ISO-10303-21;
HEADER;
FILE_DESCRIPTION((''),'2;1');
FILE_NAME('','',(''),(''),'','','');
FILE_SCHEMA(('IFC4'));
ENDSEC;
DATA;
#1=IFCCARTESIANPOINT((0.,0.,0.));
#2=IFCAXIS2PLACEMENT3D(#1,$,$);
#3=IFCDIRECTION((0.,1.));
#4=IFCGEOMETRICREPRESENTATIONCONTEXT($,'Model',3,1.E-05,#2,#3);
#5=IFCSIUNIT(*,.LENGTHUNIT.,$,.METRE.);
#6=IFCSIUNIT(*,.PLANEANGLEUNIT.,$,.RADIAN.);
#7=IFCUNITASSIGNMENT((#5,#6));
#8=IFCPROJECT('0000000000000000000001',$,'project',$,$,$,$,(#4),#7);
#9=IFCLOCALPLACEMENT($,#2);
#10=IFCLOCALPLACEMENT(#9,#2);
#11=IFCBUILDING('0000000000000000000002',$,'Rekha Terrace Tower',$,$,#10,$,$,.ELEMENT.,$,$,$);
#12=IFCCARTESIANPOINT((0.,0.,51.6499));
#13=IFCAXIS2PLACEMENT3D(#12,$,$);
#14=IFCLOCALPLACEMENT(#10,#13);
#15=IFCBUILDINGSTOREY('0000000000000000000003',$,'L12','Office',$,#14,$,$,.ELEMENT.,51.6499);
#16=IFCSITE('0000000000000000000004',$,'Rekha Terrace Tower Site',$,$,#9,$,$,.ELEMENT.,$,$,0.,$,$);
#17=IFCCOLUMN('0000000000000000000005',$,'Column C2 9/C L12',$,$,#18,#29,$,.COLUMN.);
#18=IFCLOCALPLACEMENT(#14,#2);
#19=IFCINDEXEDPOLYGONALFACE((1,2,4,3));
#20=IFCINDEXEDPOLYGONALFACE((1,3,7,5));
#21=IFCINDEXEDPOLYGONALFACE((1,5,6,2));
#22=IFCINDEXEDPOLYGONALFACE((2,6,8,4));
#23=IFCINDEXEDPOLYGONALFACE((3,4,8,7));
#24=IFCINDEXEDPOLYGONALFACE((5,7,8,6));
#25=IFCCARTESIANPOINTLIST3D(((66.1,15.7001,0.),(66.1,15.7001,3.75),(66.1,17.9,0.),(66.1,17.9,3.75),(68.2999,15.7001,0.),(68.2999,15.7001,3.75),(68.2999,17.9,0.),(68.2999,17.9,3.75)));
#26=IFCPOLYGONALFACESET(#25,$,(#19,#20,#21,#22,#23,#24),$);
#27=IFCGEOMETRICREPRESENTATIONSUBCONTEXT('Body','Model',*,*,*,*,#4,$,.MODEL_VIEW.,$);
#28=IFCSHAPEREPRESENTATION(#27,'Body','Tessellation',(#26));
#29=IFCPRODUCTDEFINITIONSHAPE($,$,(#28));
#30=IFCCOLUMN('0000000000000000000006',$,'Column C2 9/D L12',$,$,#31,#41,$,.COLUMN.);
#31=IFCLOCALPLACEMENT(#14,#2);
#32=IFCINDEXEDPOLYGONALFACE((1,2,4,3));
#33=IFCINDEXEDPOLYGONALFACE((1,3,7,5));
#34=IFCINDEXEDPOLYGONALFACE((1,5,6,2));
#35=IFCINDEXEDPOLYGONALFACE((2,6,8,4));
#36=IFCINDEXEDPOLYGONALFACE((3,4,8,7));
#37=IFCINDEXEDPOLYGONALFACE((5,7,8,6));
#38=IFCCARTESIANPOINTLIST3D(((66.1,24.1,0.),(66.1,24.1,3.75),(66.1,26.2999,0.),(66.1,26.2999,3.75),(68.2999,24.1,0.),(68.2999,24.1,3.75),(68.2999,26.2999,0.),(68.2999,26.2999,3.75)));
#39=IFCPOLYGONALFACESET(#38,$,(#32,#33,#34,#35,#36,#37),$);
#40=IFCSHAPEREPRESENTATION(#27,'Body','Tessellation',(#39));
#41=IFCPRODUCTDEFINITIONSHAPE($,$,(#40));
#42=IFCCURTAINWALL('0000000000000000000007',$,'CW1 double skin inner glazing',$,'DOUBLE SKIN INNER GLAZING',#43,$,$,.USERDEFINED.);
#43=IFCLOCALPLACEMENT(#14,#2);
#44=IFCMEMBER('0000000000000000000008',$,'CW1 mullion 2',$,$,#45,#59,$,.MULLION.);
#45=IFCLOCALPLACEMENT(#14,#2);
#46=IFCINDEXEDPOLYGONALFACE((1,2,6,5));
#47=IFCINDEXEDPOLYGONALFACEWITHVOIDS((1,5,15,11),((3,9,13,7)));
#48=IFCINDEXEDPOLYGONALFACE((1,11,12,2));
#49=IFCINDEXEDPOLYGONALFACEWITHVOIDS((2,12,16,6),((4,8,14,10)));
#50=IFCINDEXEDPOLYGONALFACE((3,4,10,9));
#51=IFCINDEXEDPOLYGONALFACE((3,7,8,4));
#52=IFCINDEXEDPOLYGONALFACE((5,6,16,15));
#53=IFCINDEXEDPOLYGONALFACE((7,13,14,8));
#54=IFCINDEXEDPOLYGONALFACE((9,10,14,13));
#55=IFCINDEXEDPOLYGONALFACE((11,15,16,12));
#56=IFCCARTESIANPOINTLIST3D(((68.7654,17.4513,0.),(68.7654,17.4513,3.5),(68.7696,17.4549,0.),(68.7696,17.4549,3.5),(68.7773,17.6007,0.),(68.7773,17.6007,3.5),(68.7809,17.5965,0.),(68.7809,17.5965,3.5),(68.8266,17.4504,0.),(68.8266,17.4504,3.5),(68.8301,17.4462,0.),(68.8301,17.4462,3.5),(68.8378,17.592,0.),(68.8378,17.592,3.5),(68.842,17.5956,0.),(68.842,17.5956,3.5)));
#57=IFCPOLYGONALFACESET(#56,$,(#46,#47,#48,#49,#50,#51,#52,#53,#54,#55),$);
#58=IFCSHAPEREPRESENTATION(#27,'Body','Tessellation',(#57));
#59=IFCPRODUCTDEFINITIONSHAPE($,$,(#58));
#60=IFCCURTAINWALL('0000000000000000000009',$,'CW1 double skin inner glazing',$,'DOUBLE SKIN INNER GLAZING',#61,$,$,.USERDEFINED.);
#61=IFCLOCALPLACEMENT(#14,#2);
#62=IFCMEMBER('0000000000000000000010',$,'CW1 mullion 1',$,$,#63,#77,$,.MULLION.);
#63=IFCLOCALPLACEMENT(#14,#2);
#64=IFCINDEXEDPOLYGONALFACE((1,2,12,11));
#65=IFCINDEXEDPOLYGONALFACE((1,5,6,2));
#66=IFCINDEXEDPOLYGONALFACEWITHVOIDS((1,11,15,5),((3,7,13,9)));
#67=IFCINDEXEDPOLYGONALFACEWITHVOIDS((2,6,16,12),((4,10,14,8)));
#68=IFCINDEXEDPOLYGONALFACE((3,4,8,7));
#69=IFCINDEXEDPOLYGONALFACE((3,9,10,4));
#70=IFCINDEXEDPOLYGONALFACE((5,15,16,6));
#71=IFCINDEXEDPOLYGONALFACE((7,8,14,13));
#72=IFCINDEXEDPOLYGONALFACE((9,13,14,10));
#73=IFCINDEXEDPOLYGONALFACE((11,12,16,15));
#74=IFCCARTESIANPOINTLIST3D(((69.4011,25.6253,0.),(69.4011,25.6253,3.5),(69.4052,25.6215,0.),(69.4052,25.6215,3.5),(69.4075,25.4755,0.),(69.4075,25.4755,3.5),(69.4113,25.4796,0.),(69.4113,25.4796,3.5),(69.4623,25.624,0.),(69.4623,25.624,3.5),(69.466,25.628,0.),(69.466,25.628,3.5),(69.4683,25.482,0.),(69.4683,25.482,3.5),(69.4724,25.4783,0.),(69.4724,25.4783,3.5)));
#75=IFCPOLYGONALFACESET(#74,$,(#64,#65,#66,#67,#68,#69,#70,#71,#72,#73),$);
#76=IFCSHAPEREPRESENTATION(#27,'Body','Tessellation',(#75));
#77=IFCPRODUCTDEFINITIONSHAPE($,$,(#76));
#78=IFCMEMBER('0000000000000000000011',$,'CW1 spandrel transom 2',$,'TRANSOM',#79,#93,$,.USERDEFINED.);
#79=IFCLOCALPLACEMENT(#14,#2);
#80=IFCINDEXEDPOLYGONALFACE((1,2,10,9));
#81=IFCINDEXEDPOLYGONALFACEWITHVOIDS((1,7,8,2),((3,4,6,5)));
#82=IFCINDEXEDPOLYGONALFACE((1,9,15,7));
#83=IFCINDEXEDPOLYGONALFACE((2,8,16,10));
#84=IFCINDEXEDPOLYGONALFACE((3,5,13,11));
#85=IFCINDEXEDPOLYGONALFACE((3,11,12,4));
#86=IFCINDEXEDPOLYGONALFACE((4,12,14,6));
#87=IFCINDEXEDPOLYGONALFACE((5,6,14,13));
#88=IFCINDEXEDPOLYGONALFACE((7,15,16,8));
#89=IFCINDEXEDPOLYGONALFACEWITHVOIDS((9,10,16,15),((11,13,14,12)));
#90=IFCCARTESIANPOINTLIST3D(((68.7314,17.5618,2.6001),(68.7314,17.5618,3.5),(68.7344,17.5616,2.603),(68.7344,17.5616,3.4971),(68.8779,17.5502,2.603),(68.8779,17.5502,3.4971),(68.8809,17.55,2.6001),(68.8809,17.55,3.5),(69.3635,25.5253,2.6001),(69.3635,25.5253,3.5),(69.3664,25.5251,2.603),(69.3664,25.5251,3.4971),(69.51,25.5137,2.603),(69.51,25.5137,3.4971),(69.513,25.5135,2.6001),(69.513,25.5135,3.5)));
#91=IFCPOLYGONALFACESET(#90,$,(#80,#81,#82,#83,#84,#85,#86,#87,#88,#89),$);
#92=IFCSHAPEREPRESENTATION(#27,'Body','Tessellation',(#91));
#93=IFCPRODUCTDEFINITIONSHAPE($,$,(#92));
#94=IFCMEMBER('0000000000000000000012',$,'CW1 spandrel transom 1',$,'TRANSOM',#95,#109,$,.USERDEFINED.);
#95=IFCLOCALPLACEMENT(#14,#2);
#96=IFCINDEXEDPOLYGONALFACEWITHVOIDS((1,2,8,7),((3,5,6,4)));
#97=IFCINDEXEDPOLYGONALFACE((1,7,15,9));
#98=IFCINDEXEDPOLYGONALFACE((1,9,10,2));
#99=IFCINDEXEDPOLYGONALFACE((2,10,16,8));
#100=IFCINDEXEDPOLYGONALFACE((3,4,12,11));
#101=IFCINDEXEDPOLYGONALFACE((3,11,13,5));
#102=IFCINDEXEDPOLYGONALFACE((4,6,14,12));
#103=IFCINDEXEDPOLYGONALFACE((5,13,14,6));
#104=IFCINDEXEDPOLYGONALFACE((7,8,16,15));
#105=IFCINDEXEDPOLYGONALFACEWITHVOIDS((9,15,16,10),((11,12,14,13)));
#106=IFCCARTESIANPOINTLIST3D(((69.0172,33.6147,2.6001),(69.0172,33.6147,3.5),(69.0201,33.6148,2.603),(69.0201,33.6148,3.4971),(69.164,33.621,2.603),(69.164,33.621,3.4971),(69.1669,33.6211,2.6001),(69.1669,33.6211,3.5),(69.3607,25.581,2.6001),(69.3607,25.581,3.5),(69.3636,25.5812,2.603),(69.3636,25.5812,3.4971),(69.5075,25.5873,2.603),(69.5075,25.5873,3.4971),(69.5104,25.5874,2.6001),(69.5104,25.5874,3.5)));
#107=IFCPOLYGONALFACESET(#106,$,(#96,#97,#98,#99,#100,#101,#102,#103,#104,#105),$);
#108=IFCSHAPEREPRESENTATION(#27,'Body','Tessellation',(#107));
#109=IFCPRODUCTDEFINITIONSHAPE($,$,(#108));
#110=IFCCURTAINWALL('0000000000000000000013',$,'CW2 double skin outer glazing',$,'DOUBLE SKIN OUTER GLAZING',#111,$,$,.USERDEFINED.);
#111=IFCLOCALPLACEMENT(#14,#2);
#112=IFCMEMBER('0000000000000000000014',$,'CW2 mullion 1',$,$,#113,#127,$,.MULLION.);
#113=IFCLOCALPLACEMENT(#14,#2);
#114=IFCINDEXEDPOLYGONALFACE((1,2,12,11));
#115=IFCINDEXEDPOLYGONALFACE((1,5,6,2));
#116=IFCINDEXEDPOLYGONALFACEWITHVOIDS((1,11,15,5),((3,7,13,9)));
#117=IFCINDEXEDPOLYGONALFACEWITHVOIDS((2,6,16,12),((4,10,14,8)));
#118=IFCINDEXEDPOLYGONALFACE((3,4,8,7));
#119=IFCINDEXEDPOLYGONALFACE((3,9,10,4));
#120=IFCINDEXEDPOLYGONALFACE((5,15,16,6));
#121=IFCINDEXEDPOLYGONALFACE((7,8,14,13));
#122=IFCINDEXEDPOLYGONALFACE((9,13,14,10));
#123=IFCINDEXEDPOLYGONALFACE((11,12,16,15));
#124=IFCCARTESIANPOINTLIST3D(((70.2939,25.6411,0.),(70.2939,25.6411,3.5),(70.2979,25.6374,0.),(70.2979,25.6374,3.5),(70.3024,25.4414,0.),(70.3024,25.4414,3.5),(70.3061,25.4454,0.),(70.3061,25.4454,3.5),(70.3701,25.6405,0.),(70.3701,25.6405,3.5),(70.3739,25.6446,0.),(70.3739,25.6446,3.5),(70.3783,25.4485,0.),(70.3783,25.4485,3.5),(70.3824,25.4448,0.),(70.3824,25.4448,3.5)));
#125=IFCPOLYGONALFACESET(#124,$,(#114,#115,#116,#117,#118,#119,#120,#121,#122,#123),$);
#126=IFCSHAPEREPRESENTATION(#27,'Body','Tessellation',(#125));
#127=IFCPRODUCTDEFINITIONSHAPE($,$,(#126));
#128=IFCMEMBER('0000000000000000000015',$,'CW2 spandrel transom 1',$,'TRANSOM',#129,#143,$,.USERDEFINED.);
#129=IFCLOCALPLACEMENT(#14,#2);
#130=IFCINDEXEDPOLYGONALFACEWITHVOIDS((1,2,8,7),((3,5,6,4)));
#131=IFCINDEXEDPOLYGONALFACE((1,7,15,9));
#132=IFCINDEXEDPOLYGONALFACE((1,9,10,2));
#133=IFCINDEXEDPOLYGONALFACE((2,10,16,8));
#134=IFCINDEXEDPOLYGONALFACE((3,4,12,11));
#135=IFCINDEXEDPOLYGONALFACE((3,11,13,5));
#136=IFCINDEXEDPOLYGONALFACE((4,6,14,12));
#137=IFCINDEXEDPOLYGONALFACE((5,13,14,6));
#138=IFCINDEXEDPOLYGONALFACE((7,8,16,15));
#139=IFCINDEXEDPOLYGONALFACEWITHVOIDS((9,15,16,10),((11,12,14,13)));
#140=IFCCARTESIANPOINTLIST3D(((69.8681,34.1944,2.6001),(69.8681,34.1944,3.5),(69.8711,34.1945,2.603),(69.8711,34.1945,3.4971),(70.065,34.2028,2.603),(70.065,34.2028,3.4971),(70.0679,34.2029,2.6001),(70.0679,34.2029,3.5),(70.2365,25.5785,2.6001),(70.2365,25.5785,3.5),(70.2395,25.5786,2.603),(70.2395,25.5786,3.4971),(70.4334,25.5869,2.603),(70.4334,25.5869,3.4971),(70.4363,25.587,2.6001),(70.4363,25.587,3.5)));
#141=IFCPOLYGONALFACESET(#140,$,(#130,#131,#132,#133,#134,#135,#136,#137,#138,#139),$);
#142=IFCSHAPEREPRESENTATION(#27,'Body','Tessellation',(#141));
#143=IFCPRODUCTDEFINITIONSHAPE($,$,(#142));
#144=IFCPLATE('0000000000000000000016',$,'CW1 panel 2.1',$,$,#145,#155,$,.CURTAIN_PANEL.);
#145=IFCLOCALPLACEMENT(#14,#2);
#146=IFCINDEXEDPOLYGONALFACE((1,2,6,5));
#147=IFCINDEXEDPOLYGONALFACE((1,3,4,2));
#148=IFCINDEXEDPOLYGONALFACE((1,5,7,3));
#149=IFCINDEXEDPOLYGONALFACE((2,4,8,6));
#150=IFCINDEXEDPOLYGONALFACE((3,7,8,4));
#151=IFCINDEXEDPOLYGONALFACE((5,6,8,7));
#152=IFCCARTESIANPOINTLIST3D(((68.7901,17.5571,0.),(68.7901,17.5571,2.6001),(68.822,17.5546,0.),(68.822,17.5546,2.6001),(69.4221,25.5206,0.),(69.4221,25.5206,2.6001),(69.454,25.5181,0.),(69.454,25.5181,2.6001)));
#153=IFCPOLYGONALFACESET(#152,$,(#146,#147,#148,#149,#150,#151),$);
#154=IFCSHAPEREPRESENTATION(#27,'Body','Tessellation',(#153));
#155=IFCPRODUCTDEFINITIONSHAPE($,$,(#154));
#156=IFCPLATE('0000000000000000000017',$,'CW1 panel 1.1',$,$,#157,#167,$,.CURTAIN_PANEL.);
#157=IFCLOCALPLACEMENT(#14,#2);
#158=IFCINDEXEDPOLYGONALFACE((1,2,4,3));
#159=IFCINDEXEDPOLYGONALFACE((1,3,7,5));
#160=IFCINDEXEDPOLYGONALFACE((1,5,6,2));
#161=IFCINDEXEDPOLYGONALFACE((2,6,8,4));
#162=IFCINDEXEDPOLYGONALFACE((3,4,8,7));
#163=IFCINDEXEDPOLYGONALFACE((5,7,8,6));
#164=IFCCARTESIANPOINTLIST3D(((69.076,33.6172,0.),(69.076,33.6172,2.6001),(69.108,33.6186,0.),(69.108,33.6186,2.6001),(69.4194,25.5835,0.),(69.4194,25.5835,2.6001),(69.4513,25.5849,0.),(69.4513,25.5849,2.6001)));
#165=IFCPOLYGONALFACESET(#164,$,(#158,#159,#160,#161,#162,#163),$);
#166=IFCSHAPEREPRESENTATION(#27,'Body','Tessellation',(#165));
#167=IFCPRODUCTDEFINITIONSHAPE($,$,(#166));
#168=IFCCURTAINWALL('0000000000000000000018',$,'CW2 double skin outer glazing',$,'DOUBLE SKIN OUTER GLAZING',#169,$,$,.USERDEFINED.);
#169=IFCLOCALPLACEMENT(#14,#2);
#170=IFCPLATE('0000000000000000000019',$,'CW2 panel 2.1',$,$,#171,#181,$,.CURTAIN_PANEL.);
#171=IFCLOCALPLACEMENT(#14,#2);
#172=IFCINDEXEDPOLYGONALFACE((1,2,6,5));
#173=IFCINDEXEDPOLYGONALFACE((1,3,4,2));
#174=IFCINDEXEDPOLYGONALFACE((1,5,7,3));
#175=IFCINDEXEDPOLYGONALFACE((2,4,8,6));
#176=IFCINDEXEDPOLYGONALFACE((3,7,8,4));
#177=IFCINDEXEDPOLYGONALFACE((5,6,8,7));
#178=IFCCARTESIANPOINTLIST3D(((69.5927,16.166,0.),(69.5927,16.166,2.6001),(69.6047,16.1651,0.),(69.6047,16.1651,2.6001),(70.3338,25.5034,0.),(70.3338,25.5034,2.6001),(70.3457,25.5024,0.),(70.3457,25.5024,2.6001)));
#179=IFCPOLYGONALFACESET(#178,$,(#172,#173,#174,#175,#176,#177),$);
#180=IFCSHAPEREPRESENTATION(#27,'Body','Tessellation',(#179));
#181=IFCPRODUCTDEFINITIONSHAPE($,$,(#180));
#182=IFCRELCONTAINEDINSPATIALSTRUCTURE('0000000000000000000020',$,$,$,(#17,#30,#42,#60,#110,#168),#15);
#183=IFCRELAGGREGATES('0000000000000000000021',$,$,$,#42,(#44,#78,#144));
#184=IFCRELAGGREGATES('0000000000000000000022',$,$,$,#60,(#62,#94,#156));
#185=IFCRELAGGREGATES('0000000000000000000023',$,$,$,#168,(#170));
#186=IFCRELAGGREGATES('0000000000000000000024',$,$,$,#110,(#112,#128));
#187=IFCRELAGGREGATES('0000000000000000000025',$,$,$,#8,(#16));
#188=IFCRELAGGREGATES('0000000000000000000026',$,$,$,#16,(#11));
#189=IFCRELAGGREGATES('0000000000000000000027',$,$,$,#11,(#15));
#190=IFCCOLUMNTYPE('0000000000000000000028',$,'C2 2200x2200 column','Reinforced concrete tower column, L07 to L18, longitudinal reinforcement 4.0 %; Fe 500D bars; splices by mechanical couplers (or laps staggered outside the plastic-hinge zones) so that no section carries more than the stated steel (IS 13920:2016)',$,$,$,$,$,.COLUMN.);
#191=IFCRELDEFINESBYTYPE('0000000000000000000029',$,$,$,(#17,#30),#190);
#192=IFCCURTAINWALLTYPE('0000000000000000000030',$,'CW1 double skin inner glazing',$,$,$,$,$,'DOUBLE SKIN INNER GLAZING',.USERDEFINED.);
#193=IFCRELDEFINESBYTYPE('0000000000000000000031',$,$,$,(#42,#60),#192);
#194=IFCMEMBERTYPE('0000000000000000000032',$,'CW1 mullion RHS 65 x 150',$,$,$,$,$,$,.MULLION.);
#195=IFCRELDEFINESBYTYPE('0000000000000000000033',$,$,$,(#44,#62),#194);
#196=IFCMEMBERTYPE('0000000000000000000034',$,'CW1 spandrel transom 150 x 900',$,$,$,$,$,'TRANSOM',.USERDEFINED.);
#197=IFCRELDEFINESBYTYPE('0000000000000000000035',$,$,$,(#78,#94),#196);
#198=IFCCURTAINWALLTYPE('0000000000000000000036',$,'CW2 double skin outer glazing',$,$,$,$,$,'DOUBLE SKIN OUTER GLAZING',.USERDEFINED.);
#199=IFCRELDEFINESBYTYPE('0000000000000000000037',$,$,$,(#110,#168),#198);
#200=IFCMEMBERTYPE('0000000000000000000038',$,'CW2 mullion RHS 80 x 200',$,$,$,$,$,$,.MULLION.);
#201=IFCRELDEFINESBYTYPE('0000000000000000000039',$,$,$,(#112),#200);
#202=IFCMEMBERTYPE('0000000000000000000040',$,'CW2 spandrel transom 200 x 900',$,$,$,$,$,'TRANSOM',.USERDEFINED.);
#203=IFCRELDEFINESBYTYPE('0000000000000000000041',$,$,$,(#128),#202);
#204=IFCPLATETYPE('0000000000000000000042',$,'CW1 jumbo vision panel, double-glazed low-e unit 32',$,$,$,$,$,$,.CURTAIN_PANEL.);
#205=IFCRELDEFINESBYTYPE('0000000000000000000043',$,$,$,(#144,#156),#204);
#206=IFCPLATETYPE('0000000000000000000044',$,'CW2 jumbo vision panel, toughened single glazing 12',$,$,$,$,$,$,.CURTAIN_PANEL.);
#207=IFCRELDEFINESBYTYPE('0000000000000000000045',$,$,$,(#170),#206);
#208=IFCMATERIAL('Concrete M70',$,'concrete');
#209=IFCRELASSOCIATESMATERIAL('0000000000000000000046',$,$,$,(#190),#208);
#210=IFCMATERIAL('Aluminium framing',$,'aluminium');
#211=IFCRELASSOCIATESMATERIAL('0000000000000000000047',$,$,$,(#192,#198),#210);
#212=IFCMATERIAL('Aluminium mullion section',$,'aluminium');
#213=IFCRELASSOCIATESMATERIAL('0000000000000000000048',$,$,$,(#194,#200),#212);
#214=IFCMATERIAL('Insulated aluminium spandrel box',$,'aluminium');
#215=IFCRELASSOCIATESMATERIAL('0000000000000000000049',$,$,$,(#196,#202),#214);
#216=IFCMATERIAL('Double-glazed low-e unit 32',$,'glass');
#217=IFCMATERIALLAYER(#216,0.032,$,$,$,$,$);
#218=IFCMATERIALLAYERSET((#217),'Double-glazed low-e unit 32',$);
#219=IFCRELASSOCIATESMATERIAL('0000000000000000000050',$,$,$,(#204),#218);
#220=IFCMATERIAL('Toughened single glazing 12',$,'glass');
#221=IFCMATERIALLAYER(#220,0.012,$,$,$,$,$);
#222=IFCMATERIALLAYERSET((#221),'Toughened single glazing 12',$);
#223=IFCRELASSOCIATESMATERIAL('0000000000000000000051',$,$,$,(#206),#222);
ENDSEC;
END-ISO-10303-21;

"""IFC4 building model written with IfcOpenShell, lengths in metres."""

from ifc_helpers import new_model, si_unit, direction, frame, origin, origin_2d, place, context, subcontext, project, spatial, rectangle, hollow_rectangle, extrude, material, layer, layer_set, material_profile, profile_set, type_object, element, aggregate, save


model = new_model("IFC4")

# Units and contexts
model_context = context("Model", 3, precision=1e-05, world=origin(), true_north=direction((0.0, 1.0)))
body_context = subcontext(model_context, "Body", "Model", "MODEL_VIEW")
ifc_project = project(units=[si_unit("LENGTHUNIT", "METRE"), si_unit("PLANEANGLEUNIT", "RADIAN")], contexts=[model_context])

# Site, building, storey
site_placement = place(None, origin())
site = spatial("IfcSite", under=ifc_project, at=site_placement, Name="Rekha Terrace Tower Site", CompositionType="ELEMENT", RefElevation=0.0)
building_placement = place(site_placement, origin())
building = spatial("IfcBuilding", under=site, at=building_placement, Name="Rekha Terrace Tower", CompositionType="ELEMENT")
storey_placement = place(building_placement, frame((0.0, 0.0, 51.6499)))
storey = spatial("IfcBuildingStorey", under=building, at=storey_placement, Name="L12", Description="Office", CompositionType="ELEMENT", Elevation=51.6499)

# Columns
ifc_material_1 = material(Name="Concrete M70", Category="concrete")
ifc_material_profile_1 = material_profile(ifc_material_1, rectangle(XDim=2.2, YDim=2.2, at=origin_2d()), Name="RC 2200x2200")
ifc_profile_set_1 = profile_set([ifc_material_profile_1], Name="Concrete M70")
column_type = type_object("IfcColumnType", Name="C2 2200x2200 column", Description="Reinforced concrete tower column, L07 to L18, longitudinal reinforcement 4.0 %; Fe 500D bars; splices by mechanical couplers (or laps staggered outside the plastic-hinge zones) so that no section carries more than the stated steel (IS 13920:2016)", PredefinedType="COLUMN", material=ifc_profile_set_1)
for number, where, z_axis, x_axis, name in (
    (1, (67.2, 16.8, 0.0), (0.0, 0.0, 1.0), (1.0, 0.0, 0.0), "Column C2 9/C L12"),
    (2, (67.2, 25.2, 0.0), (0.0, 0.0, 1.0), (1.0, 0.0, 0.0), "Column C2 9/D L12"),
):
    element("IfcColumn", number, at=place(storey_placement, frame(where, z_axis=z_axis, x_axis=x_axis)), inside=storey, type_object=column_type, Name=name, PredefinedType="COLUMN", context=body_context, shape_type="SweptSolid", body=[
        extrude(rectangle(XDim=2.2, YDim=2.2, at=origin_2d()), origin(), (0.0, 0.0, 1.0), 3.75),
    ])

# Curtain walls, members
ifc_material_2 = material(Name="Aluminium framing", Category="aluminium")
curtain_wall_type_1 = type_object("IfcCurtainWallType", Name="CW1 double skin inner glazing", ElementType="DOUBLE SKIN INNER GLAZING", PredefinedType="USERDEFINED", material=ifc_material_2)
curtain_wall_1_placement = place(storey_placement, origin())
curtain_wall_1 = element("IfcCurtainWall", 3, at=curtain_wall_1_placement, inside=storey, type_object=curtain_wall_type_1, Name="CW1 double skin inner glazing", ObjectType="DOUBLE SKIN INNER GLAZING", PredefinedType="USERDEFINED")
ifc_material_3 = material(Name="Aluminium mullion section", Category="aluminium")
ifc_material_profile_2 = material_profile(ifc_material_3, hollow_rectangle(XDim=0.0649, YDim=0.1499, WallThickness=0.0039, at=origin_2d()), Name="AL RHS 65x150")
ifc_profile_set_2 = profile_set([ifc_material_profile_2], Name="Aluminium mullion section")
member_type_1 = type_object("IfcMemberType", Name="CW1 mullion RHS 65 x 150", PredefinedType="MULLION", material=ifc_profile_set_2)
member_1_placement = place(storey_placement, frame((68.8037, 17.5234, 0.0), z_axis=(0.0, 0.0, 1.0), x_axis=(-0.996865, 0.079116, 0.0)))
member_1 = element("IfcMember", 4, at=member_1_placement, type_object=member_type_1, Name="CW1 mullion 2", PredefinedType="MULLION", context=body_context, shape_type="SweptSolid", body=[
    extrude(hollow_rectangle(XDim=0.0649, YDim=0.1499, WallThickness=0.0039, at=origin_2d()), origin(), (0.0, 0.0, 1.0), 3.5),
])
curtain_wall_2_placement = place(storey_placement, origin())
curtain_wall_2 = element("IfcCurtainWall", 5, at=curtain_wall_2_placement, inside=storey, type_object=curtain_wall_type_1, Name="CW1 double skin inner glazing", ObjectType="DOUBLE SKIN INNER GLAZING", PredefinedType="USERDEFINED")
member_2_placement = place(storey_placement, frame((69.4368, 25.5518, 0.0), z_axis=(0.0, 0.0, 1.0), x_axis=(-0.999088, -0.042696, 0.0)))
member_2 = element("IfcMember", 6, at=member_2_placement, type_object=member_type_1, Name="CW1 mullion 1", PredefinedType="MULLION", context=body_context, shape_type="SweptSolid", body=[
    extrude(hollow_rectangle(XDim=0.0649, YDim=0.1499, WallThickness=0.0039, at=origin_2d()), origin(), (0.0, 0.0, 1.0), 3.5),
])

# Members
ifc_material_4 = material(Name="Insulated aluminium spandrel box", Category="aluminium")
ifc_material_profile_3 = material_profile(ifc_material_4, hollow_rectangle(XDim=0.1499, YDim=0.8999, WallThickness=0.0029, at=origin_2d()), Name="AL SPANDREL BOX 150x900")
ifc_profile_set_3 = profile_set([ifc_material_profile_3], Name="Insulated aluminium spandrel box")
member_type_2 = type_object("IfcMemberType", Name="CW1 spandrel transom 150 x 900", ElementType="TRANSOM", PredefinedType="USERDEFINED", material=ifc_profile_set_3)
member_3_placement = place(storey_placement, frame((68.8062, 17.5559, 3.05), z_axis=(0.079124, 0.996865, 0.0), x_axis=(-0.996865, 0.079124, 0.0)))
member_3 = element("IfcMember", 7, at=member_3_placement, type_object=member_type_2, Name="CW1 spandrel transom 2", ObjectType="TRANSOM", PredefinedType="USERDEFINED", context=body_context, shape_type="SweptSolid", body=[
    extrude(hollow_rectangle(XDim=0.1499, YDim=0.8999, WallThickness=0.0029, at=origin_2d()), origin(), (0.0, 0.0, 1.0), 7.9885),
])
member_4_placement = place(storey_placement, frame((69.4355, 25.5842, 3.05), z_axis=(-0.042719, 0.999087, 0.0), x_axis=(-0.999087, -0.042719, 0.0)))
member_4 = element("IfcMember", 8, at=member_4_placement, type_object=member_type_2, Name="CW1 spandrel transom 1", ObjectType="TRANSOM", PredefinedType="USERDEFINED", context=body_context, shape_type="SweptSolid", body=[
    extrude(hollow_rectangle(XDim=0.1499, YDim=0.8999, WallThickness=0.0029, at=origin_2d()), origin(), (0.0, 0.0, 1.0), 8.041),
])

# Curtain wall, members
curtain_wall_type_2 = type_object("IfcCurtainWallType", Name="CW2 double skin outer glazing", ElementType="DOUBLE SKIN OUTER GLAZING", PredefinedType="USERDEFINED", material=ifc_material_2)
curtain_wall_3_placement = place(storey_placement, origin())
curtain_wall_3 = element("IfcCurtainWall", 9, at=curtain_wall_3_placement, inside=storey, type_object=curtain_wall_type_2, Name="CW2 double skin outer glazing", ObjectType="DOUBLE SKIN OUTER GLAZING", PredefinedType="USERDEFINED")
ifc_material_profile_4 = material_profile(ifc_material_3, hollow_rectangle(XDim=0.0801, YDim=0.2, WallThickness=0.0039, at=origin_2d()), Name="AL RHS 80x200")
ifc_profile_set_4 = profile_set([ifc_material_profile_4], Name="Aluminium mullion section")
member_type_3 = type_object("IfcMemberType", Name="CW2 mullion RHS 80 x 200", PredefinedType="MULLION", material=ifc_profile_set_4)
member_5_placement = place(storey_placement, frame((70.3381, 25.543, 0.0), z_axis=(0.0, 0.0, 1.0), x_axis=(-0.999088, -0.042696, 0.0)))
member_5 = element("IfcMember", 10, at=member_5_placement, type_object=member_type_3, Name="CW2 mullion 1", PredefinedType="MULLION", context=body_context, shape_type="SweptSolid", body=[
    extrude(hollow_rectangle(XDim=0.0801, YDim=0.2, WallThickness=0.0039, at=origin_2d()), origin(), (0.0, 0.0, 1.0), 3.5),
])
ifc_material_profile_5 = material_profile(ifc_material_4, hollow_rectangle(XDim=0.2, YDim=0.8999, WallThickness=0.0029, at=origin_2d()), Name="AL SPANDREL BOX 200x900")
ifc_profile_set_5 = profile_set([ifc_material_profile_5], Name="Insulated aluminium spandrel box")
member_type_4 = type_object("IfcMemberType", Name="CW2 spandrel transom 200 x 900", ElementType="TRANSOM", PredefinedType="USERDEFINED", material=ifc_profile_set_5)
member_6_placement = place(storey_placement, frame((70.3364, 25.5828, 3.05), z_axis=(-0.04272, 0.999087, 0.0), x_axis=(-0.999087, -0.04272, 0.0)))
member_6 = element("IfcMember", 11, at=member_6_placement, type_object=member_type_4, Name="CW2 spandrel transom 1", ObjectType="TRANSOM", PredefinedType="USERDEFINED", context=body_context, shape_type="SweptSolid", body=[
    extrude(hollow_rectangle(XDim=0.2, YDim=0.8999, WallThickness=0.0029, at=origin_2d()), origin(), (0.0, 0.0, 1.0), 8.6238),
])

# Plates
ifc_material_5 = material(Name="Double-glazed low-e unit 32", Category="glass")
ifc_layer_1 = layer(ifc_material_5, 0.032)
ifc_layer_set_1 = layer_set([ifc_layer_1], Name="Double-glazed low-e unit 32")
plate_type_1 = type_object("IfcPlateType", Name="CW1 jumbo vision panel, double-glazed low-e unit 32", PredefinedType="CURTAIN_PANEL", material=ifc_layer_set_1)
plate_1_placement = place(storey_placement, frame((69.1221, 21.5376, 0.0), z_axis=(0.0, 0.0, 1.0), x_axis=(0.079116, 0.996865, 0.0)))
plate_1 = element("IfcPlate", 12, at=plate_1_placement, type_object=plate_type_1, Name="CW1 panel 2.1", PredefinedType="CURTAIN_PANEL", context=body_context, shape_type="SweptSolid", body=[
    extrude(rectangle(XDim=7.9885, YDim=0.032, at=origin_2d()), origin(), (0.0, 0.0, 1.0), 2.6001),
])
aggregate(curtain_wall_1, [member_1, member_3, plate_1])
plate_2_placement = place(storey_placement, frame((69.2637, 29.6011, 0.0), z_axis=(0.0, 0.0, 1.0), x_axis=(-0.042696, 0.999088, 0.0)))
plate_2 = element("IfcPlate", 13, at=plate_2_placement, type_object=plate_type_1, Name="CW1 panel 1.1", PredefinedType="CURTAIN_PANEL", context=body_context, shape_type="SweptSolid", body=[
    extrude(rectangle(XDim=8.041, YDim=0.032, at=origin_2d()), origin(), (0.0, 0.0, 1.0), 2.6001),
])
aggregate(curtain_wall_2, [member_2, member_4, plate_2])

# Curtain wall, plate
curtain_wall_4_placement = place(storey_placement, origin())
curtain_wall_4 = element("IfcCurtainWall", 14, at=curtain_wall_4_placement, inside=storey, type_object=curtain_wall_type_2, Name="CW2 double skin outer glazing", ObjectType="DOUBLE SKIN OUTER GLAZING", PredefinedType="USERDEFINED")
ifc_material_6 = material(Name="Toughened single glazing 12", Category="glass")
ifc_layer_2 = layer(ifc_material_6, 0.012)
ifc_layer_set_2 = layer_set([ifc_layer_2], Name="Toughened single glazing 12")
plate_type_2 = type_object("IfcPlateType", Name="CW2 jumbo vision panel, toughened single glazing 12", PredefinedType="CURTAIN_PANEL", material=ifc_layer_set_2)
plate_3_placement = place(storey_placement, frame((69.9692, 20.8342, 0.0), z_axis=(0.0, 0.0, 1.0), x_axis=(0.079116, 0.996865, 0.0)))
plate_3 = element("IfcPlate", 15, at=plate_3_placement, type_object=plate_type_2, Name="CW2 panel 2.1", PredefinedType="CURTAIN_PANEL", context=body_context, shape_type="SweptSolid", body=[
    extrude(rectangle(XDim=9.3667, YDim=0.012, at=origin_2d()), origin(), (0.0, 0.0, 1.0), 2.6001),
])
aggregate(curtain_wall_4, [plate_3])

aggregate(curtain_wall_3, [member_5, member_6])

save(model, "model.ifc")
